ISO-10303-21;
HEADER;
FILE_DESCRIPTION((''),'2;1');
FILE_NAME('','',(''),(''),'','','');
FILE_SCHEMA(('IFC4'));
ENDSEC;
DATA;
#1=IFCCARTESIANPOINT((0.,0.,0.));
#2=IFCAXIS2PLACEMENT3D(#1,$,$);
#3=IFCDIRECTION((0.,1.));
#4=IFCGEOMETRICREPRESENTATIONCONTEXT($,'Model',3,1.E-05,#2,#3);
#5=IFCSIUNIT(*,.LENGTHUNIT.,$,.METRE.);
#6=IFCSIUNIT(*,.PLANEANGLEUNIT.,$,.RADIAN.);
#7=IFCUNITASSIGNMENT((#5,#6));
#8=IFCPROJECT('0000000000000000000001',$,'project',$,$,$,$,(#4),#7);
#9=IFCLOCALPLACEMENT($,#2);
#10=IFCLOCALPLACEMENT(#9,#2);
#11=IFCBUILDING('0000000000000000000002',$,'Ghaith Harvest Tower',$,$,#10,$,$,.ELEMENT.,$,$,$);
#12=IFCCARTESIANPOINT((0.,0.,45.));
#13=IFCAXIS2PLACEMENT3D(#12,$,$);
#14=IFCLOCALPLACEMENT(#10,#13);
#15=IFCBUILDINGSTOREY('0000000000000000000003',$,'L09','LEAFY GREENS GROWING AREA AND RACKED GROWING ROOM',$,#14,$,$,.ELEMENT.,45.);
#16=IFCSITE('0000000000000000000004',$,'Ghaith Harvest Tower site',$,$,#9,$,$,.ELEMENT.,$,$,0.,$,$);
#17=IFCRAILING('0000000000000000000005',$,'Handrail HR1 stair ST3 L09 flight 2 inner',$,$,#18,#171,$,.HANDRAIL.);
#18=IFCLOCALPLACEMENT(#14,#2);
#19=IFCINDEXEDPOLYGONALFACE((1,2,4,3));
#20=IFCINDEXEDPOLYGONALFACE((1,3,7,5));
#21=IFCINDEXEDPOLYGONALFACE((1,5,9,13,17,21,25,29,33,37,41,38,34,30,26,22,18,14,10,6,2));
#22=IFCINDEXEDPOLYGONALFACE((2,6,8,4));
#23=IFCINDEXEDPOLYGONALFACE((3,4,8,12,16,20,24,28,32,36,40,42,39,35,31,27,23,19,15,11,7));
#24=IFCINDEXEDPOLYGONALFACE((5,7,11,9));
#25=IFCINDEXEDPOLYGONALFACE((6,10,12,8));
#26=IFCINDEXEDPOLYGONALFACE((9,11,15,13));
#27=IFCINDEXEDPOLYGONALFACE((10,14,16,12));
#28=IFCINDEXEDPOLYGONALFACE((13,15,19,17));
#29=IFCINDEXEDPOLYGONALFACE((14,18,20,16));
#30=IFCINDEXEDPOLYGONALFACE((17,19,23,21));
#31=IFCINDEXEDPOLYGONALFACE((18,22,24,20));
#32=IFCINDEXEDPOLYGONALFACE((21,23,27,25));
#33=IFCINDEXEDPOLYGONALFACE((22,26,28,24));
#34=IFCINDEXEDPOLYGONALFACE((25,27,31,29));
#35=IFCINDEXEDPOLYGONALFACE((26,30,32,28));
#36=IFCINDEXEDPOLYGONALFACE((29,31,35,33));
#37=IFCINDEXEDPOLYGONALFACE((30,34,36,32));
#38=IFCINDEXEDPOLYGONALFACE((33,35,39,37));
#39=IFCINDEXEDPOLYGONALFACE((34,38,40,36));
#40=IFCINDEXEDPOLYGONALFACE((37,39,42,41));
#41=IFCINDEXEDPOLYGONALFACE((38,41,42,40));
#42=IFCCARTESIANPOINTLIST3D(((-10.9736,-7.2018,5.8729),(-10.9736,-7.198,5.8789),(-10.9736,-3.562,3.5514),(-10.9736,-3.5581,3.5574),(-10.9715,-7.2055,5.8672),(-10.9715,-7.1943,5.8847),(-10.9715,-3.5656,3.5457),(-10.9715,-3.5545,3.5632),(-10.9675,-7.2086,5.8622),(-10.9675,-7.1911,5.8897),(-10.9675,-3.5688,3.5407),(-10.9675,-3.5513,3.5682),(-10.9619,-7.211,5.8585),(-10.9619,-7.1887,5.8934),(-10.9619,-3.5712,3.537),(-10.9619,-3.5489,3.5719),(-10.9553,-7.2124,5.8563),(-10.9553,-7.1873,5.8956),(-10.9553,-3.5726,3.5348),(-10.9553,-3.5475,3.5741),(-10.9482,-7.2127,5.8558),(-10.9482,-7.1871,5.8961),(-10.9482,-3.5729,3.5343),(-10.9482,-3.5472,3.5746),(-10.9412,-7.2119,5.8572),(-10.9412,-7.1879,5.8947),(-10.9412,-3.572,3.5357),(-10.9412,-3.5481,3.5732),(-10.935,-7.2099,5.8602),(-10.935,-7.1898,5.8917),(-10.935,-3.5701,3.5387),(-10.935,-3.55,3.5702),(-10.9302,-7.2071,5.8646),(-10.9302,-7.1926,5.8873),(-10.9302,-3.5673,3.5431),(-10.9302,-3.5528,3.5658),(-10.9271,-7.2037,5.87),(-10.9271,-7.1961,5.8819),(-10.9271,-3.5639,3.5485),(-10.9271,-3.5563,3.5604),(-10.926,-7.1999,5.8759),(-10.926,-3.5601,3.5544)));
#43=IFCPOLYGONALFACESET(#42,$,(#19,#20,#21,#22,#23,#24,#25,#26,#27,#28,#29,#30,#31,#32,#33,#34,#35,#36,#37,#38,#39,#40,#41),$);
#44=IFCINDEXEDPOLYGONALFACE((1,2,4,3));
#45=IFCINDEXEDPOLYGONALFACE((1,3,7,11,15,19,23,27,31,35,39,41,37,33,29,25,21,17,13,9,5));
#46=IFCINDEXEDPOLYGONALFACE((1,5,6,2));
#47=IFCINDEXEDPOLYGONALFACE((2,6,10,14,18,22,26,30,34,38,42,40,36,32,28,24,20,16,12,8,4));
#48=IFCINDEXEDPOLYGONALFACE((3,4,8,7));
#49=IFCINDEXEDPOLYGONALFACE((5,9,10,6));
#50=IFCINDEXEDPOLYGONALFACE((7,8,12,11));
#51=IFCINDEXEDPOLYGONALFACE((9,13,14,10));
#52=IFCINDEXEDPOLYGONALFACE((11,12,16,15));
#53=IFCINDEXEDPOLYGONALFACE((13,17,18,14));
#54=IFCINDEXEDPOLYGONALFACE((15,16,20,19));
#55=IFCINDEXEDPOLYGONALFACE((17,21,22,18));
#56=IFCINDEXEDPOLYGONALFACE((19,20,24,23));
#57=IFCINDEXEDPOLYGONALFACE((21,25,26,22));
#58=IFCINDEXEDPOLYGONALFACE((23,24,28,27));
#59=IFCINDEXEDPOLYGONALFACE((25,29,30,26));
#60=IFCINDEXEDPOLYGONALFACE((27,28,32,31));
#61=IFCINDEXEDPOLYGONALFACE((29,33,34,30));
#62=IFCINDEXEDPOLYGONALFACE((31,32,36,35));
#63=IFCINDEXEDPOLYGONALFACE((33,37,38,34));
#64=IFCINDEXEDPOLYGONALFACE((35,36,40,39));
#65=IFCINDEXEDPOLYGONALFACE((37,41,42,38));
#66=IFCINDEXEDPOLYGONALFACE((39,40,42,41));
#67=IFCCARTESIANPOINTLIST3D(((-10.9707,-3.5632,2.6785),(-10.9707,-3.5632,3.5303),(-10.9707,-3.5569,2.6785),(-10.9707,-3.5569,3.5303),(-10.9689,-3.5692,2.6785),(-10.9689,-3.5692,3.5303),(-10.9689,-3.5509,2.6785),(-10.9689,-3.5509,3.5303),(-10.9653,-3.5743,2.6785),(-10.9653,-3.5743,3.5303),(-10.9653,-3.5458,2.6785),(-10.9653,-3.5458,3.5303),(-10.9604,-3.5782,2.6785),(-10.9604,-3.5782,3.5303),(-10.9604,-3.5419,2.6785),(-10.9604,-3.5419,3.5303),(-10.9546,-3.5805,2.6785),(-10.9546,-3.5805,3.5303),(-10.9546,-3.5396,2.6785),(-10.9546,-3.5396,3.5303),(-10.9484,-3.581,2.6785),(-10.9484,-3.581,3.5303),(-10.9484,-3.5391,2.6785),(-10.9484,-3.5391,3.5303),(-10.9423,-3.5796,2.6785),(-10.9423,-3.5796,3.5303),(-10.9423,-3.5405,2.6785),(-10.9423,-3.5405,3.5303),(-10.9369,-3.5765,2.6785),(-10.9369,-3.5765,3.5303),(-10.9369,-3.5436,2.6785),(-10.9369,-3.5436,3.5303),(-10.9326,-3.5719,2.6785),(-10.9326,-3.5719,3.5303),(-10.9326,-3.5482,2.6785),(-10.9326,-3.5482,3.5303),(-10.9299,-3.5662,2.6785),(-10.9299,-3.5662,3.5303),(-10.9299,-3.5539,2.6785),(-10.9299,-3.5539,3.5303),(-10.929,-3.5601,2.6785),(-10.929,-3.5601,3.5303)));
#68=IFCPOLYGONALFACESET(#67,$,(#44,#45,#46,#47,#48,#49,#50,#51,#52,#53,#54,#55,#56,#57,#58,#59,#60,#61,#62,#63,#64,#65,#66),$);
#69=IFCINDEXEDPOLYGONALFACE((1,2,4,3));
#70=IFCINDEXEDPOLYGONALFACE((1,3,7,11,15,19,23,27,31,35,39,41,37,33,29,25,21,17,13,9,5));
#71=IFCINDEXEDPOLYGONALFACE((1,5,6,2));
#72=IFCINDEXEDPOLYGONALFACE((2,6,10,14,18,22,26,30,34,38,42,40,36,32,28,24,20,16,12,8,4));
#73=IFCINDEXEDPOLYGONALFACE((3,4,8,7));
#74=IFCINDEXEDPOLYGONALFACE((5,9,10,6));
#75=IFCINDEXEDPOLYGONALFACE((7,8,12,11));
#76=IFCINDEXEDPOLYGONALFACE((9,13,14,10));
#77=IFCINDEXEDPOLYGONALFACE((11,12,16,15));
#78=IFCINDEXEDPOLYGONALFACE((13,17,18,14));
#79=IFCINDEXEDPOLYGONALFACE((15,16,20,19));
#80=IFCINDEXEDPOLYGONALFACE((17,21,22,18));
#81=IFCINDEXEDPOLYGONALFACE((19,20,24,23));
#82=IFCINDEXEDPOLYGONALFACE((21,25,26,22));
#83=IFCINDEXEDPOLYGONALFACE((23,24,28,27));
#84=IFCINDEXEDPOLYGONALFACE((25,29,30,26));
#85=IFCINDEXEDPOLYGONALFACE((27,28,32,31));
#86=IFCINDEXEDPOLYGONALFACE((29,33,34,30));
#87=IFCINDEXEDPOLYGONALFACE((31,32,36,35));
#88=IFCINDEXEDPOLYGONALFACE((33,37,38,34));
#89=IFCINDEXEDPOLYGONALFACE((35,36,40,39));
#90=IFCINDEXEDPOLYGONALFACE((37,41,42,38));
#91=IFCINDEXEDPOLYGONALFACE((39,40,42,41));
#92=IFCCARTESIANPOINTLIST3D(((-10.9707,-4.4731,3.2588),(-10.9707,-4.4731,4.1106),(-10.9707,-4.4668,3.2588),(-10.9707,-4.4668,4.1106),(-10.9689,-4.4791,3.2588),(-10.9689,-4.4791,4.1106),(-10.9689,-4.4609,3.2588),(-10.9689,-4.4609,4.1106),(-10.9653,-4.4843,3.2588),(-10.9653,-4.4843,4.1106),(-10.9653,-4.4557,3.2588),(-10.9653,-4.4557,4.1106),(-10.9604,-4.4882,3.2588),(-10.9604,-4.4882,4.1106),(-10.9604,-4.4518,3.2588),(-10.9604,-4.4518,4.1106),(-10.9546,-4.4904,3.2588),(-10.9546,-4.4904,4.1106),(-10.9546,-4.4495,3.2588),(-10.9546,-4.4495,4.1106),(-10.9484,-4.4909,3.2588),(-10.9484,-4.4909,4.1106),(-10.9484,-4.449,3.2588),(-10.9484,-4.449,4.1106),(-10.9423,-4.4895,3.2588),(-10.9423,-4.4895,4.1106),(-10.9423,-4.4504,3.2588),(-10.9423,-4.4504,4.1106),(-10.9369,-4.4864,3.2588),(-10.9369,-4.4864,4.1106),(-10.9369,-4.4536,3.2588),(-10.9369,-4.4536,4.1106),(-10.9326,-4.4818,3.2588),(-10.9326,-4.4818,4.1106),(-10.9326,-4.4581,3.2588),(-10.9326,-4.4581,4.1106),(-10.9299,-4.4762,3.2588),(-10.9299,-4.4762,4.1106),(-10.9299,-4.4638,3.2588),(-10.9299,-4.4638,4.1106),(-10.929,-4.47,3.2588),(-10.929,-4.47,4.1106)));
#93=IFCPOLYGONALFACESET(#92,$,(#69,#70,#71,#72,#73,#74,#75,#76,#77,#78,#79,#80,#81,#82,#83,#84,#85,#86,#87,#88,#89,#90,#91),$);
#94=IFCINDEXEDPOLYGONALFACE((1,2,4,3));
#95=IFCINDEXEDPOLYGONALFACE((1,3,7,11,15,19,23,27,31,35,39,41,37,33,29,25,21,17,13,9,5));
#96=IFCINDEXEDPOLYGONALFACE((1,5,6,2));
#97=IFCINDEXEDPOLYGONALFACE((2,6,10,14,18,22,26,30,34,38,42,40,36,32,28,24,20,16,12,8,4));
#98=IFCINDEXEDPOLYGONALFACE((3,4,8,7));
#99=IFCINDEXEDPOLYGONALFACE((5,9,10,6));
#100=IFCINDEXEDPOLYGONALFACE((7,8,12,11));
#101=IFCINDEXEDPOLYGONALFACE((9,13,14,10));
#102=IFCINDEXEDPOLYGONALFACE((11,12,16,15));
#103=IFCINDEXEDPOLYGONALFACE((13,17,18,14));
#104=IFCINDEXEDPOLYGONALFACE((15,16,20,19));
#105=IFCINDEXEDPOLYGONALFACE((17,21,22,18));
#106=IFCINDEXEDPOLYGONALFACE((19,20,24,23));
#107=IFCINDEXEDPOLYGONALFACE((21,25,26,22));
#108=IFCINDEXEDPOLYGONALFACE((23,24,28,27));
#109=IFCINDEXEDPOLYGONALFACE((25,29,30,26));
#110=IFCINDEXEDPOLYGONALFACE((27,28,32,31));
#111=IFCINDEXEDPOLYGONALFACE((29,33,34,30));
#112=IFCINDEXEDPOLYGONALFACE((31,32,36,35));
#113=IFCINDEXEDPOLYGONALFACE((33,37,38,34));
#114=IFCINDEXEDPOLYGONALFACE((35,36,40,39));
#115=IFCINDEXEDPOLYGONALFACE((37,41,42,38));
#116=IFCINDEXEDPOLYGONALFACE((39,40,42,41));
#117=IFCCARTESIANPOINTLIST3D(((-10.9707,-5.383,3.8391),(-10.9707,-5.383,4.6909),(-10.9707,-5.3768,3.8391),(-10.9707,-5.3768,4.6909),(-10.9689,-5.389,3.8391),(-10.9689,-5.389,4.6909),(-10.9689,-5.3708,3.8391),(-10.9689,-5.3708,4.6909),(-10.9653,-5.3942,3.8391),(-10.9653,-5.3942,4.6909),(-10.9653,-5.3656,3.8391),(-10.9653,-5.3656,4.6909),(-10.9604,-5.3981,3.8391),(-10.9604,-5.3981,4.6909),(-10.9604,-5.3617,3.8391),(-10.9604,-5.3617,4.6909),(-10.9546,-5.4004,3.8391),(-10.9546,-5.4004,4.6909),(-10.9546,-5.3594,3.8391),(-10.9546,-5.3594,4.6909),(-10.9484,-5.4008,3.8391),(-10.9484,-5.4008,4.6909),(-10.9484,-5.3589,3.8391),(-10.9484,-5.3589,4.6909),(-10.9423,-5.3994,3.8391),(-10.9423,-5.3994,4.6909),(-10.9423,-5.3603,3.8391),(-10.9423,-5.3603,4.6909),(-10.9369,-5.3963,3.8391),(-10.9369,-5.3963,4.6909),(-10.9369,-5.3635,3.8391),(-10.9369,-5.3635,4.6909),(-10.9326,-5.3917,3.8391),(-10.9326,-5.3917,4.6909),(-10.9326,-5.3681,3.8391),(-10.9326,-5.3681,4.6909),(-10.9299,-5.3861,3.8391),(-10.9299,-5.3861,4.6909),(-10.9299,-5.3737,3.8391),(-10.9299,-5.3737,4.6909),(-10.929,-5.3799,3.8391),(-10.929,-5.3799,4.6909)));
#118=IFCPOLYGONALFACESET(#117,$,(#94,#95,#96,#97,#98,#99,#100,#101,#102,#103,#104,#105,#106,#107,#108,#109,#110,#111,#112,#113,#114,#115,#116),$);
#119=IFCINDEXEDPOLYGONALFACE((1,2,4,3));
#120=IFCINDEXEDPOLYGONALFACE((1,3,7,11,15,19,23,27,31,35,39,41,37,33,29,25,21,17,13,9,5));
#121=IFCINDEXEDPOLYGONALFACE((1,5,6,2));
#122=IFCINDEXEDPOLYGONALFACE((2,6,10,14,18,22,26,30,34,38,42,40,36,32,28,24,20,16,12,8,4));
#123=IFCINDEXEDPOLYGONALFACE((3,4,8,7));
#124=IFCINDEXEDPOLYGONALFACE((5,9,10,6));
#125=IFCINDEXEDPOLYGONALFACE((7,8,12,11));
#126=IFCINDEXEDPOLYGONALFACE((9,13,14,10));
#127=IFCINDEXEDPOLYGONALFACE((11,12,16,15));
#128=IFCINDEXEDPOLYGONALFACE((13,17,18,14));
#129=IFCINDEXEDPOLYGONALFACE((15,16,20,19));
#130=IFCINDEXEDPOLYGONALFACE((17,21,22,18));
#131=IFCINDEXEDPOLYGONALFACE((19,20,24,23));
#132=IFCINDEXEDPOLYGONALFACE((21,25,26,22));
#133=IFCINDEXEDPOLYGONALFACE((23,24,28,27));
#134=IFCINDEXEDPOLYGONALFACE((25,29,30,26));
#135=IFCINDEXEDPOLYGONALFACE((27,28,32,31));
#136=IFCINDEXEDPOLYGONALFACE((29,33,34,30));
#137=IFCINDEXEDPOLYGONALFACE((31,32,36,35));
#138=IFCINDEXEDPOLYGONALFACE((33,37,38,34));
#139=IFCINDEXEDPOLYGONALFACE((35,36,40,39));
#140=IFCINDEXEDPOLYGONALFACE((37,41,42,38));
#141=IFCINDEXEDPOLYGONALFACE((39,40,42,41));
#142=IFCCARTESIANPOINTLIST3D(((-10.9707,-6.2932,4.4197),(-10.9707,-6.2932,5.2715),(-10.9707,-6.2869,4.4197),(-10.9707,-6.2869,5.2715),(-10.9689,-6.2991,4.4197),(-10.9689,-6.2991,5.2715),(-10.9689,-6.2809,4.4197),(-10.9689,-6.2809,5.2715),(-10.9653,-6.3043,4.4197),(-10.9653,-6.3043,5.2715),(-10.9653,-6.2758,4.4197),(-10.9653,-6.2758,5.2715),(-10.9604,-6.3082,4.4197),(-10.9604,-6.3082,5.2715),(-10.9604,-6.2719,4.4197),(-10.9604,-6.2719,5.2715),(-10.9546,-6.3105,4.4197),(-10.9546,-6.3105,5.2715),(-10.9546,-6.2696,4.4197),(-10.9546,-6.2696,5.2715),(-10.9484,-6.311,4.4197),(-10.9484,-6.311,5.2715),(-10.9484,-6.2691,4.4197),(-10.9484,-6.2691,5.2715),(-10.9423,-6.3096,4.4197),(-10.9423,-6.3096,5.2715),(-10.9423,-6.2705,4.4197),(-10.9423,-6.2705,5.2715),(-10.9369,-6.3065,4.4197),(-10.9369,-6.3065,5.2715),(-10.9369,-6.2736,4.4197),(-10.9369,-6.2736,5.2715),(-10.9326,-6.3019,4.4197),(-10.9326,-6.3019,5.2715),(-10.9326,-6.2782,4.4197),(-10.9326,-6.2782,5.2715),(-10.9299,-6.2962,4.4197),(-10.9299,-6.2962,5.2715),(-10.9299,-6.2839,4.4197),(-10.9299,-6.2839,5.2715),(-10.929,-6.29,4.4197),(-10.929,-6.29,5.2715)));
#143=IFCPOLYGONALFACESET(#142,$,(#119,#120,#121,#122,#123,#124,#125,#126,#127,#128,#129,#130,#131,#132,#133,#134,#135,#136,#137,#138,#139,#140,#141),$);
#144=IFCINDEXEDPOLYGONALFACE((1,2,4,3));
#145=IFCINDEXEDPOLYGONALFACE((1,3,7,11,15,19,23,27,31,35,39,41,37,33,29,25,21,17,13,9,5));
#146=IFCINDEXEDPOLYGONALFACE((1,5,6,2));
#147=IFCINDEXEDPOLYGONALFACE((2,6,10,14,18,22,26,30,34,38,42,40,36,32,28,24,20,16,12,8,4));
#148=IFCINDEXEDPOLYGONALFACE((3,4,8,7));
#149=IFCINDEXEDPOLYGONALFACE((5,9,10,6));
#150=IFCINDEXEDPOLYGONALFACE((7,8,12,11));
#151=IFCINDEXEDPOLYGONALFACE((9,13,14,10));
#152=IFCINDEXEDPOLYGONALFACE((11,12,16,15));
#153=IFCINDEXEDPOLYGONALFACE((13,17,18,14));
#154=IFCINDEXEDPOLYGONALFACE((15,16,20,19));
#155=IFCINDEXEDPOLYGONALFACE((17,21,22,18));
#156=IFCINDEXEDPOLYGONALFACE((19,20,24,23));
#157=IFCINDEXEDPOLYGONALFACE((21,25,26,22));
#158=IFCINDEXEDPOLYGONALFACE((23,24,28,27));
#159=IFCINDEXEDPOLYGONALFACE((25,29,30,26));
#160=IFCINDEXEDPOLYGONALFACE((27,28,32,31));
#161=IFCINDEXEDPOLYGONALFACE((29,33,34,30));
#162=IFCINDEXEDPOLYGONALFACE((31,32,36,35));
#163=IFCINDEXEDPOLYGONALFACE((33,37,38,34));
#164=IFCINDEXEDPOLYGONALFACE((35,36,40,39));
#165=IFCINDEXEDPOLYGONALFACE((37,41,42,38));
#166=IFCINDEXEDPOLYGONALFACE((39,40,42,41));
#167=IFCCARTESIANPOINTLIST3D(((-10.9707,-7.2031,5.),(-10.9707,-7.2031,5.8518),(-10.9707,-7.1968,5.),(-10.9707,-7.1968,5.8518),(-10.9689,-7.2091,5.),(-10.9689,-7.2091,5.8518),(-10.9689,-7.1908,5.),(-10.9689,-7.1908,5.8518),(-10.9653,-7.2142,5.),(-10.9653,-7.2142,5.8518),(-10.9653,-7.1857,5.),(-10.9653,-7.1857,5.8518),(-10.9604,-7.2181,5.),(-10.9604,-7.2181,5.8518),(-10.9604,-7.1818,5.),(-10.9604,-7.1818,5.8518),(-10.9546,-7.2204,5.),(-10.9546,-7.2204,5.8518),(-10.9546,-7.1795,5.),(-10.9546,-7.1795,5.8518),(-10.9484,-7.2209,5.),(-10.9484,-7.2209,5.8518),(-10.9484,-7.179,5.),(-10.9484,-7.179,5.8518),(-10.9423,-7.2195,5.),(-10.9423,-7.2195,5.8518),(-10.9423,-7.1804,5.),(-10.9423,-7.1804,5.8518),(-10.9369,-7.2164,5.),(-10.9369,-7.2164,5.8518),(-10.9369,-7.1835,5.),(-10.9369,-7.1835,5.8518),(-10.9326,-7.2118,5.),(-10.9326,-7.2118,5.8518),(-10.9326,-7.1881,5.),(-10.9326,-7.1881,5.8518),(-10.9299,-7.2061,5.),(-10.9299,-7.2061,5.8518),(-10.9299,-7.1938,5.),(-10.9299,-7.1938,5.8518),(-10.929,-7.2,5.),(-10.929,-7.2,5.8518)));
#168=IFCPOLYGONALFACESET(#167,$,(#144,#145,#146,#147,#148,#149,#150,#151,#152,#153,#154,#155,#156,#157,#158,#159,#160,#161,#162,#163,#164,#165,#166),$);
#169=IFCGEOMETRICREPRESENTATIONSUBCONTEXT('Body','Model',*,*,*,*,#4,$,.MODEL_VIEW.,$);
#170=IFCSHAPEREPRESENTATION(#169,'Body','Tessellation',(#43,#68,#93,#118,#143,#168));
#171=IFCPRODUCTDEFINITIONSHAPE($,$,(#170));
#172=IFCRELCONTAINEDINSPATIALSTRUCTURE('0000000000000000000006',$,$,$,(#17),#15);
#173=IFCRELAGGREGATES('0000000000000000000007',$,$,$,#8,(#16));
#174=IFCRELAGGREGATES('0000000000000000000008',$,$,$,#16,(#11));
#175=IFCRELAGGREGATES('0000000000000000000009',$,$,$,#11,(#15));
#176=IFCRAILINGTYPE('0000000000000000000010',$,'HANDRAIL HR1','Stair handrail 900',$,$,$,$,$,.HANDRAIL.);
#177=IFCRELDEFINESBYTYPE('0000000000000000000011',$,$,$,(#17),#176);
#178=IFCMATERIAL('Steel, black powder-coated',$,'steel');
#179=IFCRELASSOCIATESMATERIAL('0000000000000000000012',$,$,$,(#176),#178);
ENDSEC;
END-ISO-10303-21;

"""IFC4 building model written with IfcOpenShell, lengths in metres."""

from ifc_helpers import new_model, si_unit, direction, frame, origin, origin_2d, place, context, subcontext, project, spatial, circle, extrude, material, type_object, element, save


model = new_model("IFC4")

# Units and contexts
model_context = context("Model", 3, precision=1e-05, world=origin(), true_north=direction((0.0, 1.0)))
body_context = subcontext(model_context, "Body", "Model", "MODEL_VIEW")
ifc_project = project(units=[si_unit("LENGTHUNIT", "METRE"), si_unit("PLANEANGLEUNIT", "RADIAN")], contexts=[model_context])

# Site, building, storey
site_placement = place(None, origin())
site = spatial("IfcSite", under=ifc_project, at=site_placement, Name="Ghaith Harvest Tower site", CompositionType="ELEMENT", RefElevation=0.0)
building_placement = place(site_placement, origin())
building = spatial("IfcBuilding", under=site, at=building_placement, Name="Ghaith Harvest Tower", CompositionType="ELEMENT")
storey_placement = place(building_placement, frame((0.0, 0.0, 45.0)))
storey = spatial("IfcBuildingStorey", under=building, at=storey_placement, Name="L09", Description="LEAFY GREENS GROWING AREA AND RACKED GROWING ROOM", CompositionType="ELEMENT", Elevation=45.0)

# Railing
ifc_material_1 = material(Name="Steel, black powder-coated", Category="steel")
railing_type = type_object("IfcRailingType", Name="HANDRAIL HR1", Description="Stair handrail 900", PredefinedType="HANDRAIL", material=ifc_material_1)
railing_1_placement = place(storey_placement, frame((-10.95, -3.5601, 2.6785)))
element("IfcRailing", 1, at=railing_1_placement, inside=storey, type_object=railing_type, Name="Handrail HR1 stair ST3 L09 flight 2 inner", PredefinedType="HANDRAIL", context=body_context, shape_type="SweptSolid", body=[
    extrude(circle(Radius=0.0239, at=origin_2d()), frame((0.0, 0.0, 0.876), z_axis=(0.0, -0.843112, 0.537739), x_axis=(1.0, 0.0, 0.0)), (0.0, 0.0, 1.0), 4.3171),
    extrude(circle(Radius=0.021, at=origin_2d()), origin(), (0.0, 0.0, 1.0), 0.8518),
    extrude(circle(Radius=0.021, at=origin_2d()), frame((0.0, -0.9099, 0.5803)), (0.0, 0.0, 1.0), 0.8518),
    extrude(circle(Radius=0.021, at=origin_2d()), frame((0.0, -1.8198, 1.1606)), (0.0, 0.0, 1.0), 0.8518),
    extrude(circle(Radius=0.021, at=origin_2d()), frame((0.0, -2.73, 1.7412)), (0.0, 0.0, 1.0), 0.8518),
    extrude(circle(Radius=0.021, at=origin_2d()), frame((0.0, -3.6399, 2.3215)), (0.0, 0.0, 1.0), 0.8518),
])

save(model, "model.ifc")
